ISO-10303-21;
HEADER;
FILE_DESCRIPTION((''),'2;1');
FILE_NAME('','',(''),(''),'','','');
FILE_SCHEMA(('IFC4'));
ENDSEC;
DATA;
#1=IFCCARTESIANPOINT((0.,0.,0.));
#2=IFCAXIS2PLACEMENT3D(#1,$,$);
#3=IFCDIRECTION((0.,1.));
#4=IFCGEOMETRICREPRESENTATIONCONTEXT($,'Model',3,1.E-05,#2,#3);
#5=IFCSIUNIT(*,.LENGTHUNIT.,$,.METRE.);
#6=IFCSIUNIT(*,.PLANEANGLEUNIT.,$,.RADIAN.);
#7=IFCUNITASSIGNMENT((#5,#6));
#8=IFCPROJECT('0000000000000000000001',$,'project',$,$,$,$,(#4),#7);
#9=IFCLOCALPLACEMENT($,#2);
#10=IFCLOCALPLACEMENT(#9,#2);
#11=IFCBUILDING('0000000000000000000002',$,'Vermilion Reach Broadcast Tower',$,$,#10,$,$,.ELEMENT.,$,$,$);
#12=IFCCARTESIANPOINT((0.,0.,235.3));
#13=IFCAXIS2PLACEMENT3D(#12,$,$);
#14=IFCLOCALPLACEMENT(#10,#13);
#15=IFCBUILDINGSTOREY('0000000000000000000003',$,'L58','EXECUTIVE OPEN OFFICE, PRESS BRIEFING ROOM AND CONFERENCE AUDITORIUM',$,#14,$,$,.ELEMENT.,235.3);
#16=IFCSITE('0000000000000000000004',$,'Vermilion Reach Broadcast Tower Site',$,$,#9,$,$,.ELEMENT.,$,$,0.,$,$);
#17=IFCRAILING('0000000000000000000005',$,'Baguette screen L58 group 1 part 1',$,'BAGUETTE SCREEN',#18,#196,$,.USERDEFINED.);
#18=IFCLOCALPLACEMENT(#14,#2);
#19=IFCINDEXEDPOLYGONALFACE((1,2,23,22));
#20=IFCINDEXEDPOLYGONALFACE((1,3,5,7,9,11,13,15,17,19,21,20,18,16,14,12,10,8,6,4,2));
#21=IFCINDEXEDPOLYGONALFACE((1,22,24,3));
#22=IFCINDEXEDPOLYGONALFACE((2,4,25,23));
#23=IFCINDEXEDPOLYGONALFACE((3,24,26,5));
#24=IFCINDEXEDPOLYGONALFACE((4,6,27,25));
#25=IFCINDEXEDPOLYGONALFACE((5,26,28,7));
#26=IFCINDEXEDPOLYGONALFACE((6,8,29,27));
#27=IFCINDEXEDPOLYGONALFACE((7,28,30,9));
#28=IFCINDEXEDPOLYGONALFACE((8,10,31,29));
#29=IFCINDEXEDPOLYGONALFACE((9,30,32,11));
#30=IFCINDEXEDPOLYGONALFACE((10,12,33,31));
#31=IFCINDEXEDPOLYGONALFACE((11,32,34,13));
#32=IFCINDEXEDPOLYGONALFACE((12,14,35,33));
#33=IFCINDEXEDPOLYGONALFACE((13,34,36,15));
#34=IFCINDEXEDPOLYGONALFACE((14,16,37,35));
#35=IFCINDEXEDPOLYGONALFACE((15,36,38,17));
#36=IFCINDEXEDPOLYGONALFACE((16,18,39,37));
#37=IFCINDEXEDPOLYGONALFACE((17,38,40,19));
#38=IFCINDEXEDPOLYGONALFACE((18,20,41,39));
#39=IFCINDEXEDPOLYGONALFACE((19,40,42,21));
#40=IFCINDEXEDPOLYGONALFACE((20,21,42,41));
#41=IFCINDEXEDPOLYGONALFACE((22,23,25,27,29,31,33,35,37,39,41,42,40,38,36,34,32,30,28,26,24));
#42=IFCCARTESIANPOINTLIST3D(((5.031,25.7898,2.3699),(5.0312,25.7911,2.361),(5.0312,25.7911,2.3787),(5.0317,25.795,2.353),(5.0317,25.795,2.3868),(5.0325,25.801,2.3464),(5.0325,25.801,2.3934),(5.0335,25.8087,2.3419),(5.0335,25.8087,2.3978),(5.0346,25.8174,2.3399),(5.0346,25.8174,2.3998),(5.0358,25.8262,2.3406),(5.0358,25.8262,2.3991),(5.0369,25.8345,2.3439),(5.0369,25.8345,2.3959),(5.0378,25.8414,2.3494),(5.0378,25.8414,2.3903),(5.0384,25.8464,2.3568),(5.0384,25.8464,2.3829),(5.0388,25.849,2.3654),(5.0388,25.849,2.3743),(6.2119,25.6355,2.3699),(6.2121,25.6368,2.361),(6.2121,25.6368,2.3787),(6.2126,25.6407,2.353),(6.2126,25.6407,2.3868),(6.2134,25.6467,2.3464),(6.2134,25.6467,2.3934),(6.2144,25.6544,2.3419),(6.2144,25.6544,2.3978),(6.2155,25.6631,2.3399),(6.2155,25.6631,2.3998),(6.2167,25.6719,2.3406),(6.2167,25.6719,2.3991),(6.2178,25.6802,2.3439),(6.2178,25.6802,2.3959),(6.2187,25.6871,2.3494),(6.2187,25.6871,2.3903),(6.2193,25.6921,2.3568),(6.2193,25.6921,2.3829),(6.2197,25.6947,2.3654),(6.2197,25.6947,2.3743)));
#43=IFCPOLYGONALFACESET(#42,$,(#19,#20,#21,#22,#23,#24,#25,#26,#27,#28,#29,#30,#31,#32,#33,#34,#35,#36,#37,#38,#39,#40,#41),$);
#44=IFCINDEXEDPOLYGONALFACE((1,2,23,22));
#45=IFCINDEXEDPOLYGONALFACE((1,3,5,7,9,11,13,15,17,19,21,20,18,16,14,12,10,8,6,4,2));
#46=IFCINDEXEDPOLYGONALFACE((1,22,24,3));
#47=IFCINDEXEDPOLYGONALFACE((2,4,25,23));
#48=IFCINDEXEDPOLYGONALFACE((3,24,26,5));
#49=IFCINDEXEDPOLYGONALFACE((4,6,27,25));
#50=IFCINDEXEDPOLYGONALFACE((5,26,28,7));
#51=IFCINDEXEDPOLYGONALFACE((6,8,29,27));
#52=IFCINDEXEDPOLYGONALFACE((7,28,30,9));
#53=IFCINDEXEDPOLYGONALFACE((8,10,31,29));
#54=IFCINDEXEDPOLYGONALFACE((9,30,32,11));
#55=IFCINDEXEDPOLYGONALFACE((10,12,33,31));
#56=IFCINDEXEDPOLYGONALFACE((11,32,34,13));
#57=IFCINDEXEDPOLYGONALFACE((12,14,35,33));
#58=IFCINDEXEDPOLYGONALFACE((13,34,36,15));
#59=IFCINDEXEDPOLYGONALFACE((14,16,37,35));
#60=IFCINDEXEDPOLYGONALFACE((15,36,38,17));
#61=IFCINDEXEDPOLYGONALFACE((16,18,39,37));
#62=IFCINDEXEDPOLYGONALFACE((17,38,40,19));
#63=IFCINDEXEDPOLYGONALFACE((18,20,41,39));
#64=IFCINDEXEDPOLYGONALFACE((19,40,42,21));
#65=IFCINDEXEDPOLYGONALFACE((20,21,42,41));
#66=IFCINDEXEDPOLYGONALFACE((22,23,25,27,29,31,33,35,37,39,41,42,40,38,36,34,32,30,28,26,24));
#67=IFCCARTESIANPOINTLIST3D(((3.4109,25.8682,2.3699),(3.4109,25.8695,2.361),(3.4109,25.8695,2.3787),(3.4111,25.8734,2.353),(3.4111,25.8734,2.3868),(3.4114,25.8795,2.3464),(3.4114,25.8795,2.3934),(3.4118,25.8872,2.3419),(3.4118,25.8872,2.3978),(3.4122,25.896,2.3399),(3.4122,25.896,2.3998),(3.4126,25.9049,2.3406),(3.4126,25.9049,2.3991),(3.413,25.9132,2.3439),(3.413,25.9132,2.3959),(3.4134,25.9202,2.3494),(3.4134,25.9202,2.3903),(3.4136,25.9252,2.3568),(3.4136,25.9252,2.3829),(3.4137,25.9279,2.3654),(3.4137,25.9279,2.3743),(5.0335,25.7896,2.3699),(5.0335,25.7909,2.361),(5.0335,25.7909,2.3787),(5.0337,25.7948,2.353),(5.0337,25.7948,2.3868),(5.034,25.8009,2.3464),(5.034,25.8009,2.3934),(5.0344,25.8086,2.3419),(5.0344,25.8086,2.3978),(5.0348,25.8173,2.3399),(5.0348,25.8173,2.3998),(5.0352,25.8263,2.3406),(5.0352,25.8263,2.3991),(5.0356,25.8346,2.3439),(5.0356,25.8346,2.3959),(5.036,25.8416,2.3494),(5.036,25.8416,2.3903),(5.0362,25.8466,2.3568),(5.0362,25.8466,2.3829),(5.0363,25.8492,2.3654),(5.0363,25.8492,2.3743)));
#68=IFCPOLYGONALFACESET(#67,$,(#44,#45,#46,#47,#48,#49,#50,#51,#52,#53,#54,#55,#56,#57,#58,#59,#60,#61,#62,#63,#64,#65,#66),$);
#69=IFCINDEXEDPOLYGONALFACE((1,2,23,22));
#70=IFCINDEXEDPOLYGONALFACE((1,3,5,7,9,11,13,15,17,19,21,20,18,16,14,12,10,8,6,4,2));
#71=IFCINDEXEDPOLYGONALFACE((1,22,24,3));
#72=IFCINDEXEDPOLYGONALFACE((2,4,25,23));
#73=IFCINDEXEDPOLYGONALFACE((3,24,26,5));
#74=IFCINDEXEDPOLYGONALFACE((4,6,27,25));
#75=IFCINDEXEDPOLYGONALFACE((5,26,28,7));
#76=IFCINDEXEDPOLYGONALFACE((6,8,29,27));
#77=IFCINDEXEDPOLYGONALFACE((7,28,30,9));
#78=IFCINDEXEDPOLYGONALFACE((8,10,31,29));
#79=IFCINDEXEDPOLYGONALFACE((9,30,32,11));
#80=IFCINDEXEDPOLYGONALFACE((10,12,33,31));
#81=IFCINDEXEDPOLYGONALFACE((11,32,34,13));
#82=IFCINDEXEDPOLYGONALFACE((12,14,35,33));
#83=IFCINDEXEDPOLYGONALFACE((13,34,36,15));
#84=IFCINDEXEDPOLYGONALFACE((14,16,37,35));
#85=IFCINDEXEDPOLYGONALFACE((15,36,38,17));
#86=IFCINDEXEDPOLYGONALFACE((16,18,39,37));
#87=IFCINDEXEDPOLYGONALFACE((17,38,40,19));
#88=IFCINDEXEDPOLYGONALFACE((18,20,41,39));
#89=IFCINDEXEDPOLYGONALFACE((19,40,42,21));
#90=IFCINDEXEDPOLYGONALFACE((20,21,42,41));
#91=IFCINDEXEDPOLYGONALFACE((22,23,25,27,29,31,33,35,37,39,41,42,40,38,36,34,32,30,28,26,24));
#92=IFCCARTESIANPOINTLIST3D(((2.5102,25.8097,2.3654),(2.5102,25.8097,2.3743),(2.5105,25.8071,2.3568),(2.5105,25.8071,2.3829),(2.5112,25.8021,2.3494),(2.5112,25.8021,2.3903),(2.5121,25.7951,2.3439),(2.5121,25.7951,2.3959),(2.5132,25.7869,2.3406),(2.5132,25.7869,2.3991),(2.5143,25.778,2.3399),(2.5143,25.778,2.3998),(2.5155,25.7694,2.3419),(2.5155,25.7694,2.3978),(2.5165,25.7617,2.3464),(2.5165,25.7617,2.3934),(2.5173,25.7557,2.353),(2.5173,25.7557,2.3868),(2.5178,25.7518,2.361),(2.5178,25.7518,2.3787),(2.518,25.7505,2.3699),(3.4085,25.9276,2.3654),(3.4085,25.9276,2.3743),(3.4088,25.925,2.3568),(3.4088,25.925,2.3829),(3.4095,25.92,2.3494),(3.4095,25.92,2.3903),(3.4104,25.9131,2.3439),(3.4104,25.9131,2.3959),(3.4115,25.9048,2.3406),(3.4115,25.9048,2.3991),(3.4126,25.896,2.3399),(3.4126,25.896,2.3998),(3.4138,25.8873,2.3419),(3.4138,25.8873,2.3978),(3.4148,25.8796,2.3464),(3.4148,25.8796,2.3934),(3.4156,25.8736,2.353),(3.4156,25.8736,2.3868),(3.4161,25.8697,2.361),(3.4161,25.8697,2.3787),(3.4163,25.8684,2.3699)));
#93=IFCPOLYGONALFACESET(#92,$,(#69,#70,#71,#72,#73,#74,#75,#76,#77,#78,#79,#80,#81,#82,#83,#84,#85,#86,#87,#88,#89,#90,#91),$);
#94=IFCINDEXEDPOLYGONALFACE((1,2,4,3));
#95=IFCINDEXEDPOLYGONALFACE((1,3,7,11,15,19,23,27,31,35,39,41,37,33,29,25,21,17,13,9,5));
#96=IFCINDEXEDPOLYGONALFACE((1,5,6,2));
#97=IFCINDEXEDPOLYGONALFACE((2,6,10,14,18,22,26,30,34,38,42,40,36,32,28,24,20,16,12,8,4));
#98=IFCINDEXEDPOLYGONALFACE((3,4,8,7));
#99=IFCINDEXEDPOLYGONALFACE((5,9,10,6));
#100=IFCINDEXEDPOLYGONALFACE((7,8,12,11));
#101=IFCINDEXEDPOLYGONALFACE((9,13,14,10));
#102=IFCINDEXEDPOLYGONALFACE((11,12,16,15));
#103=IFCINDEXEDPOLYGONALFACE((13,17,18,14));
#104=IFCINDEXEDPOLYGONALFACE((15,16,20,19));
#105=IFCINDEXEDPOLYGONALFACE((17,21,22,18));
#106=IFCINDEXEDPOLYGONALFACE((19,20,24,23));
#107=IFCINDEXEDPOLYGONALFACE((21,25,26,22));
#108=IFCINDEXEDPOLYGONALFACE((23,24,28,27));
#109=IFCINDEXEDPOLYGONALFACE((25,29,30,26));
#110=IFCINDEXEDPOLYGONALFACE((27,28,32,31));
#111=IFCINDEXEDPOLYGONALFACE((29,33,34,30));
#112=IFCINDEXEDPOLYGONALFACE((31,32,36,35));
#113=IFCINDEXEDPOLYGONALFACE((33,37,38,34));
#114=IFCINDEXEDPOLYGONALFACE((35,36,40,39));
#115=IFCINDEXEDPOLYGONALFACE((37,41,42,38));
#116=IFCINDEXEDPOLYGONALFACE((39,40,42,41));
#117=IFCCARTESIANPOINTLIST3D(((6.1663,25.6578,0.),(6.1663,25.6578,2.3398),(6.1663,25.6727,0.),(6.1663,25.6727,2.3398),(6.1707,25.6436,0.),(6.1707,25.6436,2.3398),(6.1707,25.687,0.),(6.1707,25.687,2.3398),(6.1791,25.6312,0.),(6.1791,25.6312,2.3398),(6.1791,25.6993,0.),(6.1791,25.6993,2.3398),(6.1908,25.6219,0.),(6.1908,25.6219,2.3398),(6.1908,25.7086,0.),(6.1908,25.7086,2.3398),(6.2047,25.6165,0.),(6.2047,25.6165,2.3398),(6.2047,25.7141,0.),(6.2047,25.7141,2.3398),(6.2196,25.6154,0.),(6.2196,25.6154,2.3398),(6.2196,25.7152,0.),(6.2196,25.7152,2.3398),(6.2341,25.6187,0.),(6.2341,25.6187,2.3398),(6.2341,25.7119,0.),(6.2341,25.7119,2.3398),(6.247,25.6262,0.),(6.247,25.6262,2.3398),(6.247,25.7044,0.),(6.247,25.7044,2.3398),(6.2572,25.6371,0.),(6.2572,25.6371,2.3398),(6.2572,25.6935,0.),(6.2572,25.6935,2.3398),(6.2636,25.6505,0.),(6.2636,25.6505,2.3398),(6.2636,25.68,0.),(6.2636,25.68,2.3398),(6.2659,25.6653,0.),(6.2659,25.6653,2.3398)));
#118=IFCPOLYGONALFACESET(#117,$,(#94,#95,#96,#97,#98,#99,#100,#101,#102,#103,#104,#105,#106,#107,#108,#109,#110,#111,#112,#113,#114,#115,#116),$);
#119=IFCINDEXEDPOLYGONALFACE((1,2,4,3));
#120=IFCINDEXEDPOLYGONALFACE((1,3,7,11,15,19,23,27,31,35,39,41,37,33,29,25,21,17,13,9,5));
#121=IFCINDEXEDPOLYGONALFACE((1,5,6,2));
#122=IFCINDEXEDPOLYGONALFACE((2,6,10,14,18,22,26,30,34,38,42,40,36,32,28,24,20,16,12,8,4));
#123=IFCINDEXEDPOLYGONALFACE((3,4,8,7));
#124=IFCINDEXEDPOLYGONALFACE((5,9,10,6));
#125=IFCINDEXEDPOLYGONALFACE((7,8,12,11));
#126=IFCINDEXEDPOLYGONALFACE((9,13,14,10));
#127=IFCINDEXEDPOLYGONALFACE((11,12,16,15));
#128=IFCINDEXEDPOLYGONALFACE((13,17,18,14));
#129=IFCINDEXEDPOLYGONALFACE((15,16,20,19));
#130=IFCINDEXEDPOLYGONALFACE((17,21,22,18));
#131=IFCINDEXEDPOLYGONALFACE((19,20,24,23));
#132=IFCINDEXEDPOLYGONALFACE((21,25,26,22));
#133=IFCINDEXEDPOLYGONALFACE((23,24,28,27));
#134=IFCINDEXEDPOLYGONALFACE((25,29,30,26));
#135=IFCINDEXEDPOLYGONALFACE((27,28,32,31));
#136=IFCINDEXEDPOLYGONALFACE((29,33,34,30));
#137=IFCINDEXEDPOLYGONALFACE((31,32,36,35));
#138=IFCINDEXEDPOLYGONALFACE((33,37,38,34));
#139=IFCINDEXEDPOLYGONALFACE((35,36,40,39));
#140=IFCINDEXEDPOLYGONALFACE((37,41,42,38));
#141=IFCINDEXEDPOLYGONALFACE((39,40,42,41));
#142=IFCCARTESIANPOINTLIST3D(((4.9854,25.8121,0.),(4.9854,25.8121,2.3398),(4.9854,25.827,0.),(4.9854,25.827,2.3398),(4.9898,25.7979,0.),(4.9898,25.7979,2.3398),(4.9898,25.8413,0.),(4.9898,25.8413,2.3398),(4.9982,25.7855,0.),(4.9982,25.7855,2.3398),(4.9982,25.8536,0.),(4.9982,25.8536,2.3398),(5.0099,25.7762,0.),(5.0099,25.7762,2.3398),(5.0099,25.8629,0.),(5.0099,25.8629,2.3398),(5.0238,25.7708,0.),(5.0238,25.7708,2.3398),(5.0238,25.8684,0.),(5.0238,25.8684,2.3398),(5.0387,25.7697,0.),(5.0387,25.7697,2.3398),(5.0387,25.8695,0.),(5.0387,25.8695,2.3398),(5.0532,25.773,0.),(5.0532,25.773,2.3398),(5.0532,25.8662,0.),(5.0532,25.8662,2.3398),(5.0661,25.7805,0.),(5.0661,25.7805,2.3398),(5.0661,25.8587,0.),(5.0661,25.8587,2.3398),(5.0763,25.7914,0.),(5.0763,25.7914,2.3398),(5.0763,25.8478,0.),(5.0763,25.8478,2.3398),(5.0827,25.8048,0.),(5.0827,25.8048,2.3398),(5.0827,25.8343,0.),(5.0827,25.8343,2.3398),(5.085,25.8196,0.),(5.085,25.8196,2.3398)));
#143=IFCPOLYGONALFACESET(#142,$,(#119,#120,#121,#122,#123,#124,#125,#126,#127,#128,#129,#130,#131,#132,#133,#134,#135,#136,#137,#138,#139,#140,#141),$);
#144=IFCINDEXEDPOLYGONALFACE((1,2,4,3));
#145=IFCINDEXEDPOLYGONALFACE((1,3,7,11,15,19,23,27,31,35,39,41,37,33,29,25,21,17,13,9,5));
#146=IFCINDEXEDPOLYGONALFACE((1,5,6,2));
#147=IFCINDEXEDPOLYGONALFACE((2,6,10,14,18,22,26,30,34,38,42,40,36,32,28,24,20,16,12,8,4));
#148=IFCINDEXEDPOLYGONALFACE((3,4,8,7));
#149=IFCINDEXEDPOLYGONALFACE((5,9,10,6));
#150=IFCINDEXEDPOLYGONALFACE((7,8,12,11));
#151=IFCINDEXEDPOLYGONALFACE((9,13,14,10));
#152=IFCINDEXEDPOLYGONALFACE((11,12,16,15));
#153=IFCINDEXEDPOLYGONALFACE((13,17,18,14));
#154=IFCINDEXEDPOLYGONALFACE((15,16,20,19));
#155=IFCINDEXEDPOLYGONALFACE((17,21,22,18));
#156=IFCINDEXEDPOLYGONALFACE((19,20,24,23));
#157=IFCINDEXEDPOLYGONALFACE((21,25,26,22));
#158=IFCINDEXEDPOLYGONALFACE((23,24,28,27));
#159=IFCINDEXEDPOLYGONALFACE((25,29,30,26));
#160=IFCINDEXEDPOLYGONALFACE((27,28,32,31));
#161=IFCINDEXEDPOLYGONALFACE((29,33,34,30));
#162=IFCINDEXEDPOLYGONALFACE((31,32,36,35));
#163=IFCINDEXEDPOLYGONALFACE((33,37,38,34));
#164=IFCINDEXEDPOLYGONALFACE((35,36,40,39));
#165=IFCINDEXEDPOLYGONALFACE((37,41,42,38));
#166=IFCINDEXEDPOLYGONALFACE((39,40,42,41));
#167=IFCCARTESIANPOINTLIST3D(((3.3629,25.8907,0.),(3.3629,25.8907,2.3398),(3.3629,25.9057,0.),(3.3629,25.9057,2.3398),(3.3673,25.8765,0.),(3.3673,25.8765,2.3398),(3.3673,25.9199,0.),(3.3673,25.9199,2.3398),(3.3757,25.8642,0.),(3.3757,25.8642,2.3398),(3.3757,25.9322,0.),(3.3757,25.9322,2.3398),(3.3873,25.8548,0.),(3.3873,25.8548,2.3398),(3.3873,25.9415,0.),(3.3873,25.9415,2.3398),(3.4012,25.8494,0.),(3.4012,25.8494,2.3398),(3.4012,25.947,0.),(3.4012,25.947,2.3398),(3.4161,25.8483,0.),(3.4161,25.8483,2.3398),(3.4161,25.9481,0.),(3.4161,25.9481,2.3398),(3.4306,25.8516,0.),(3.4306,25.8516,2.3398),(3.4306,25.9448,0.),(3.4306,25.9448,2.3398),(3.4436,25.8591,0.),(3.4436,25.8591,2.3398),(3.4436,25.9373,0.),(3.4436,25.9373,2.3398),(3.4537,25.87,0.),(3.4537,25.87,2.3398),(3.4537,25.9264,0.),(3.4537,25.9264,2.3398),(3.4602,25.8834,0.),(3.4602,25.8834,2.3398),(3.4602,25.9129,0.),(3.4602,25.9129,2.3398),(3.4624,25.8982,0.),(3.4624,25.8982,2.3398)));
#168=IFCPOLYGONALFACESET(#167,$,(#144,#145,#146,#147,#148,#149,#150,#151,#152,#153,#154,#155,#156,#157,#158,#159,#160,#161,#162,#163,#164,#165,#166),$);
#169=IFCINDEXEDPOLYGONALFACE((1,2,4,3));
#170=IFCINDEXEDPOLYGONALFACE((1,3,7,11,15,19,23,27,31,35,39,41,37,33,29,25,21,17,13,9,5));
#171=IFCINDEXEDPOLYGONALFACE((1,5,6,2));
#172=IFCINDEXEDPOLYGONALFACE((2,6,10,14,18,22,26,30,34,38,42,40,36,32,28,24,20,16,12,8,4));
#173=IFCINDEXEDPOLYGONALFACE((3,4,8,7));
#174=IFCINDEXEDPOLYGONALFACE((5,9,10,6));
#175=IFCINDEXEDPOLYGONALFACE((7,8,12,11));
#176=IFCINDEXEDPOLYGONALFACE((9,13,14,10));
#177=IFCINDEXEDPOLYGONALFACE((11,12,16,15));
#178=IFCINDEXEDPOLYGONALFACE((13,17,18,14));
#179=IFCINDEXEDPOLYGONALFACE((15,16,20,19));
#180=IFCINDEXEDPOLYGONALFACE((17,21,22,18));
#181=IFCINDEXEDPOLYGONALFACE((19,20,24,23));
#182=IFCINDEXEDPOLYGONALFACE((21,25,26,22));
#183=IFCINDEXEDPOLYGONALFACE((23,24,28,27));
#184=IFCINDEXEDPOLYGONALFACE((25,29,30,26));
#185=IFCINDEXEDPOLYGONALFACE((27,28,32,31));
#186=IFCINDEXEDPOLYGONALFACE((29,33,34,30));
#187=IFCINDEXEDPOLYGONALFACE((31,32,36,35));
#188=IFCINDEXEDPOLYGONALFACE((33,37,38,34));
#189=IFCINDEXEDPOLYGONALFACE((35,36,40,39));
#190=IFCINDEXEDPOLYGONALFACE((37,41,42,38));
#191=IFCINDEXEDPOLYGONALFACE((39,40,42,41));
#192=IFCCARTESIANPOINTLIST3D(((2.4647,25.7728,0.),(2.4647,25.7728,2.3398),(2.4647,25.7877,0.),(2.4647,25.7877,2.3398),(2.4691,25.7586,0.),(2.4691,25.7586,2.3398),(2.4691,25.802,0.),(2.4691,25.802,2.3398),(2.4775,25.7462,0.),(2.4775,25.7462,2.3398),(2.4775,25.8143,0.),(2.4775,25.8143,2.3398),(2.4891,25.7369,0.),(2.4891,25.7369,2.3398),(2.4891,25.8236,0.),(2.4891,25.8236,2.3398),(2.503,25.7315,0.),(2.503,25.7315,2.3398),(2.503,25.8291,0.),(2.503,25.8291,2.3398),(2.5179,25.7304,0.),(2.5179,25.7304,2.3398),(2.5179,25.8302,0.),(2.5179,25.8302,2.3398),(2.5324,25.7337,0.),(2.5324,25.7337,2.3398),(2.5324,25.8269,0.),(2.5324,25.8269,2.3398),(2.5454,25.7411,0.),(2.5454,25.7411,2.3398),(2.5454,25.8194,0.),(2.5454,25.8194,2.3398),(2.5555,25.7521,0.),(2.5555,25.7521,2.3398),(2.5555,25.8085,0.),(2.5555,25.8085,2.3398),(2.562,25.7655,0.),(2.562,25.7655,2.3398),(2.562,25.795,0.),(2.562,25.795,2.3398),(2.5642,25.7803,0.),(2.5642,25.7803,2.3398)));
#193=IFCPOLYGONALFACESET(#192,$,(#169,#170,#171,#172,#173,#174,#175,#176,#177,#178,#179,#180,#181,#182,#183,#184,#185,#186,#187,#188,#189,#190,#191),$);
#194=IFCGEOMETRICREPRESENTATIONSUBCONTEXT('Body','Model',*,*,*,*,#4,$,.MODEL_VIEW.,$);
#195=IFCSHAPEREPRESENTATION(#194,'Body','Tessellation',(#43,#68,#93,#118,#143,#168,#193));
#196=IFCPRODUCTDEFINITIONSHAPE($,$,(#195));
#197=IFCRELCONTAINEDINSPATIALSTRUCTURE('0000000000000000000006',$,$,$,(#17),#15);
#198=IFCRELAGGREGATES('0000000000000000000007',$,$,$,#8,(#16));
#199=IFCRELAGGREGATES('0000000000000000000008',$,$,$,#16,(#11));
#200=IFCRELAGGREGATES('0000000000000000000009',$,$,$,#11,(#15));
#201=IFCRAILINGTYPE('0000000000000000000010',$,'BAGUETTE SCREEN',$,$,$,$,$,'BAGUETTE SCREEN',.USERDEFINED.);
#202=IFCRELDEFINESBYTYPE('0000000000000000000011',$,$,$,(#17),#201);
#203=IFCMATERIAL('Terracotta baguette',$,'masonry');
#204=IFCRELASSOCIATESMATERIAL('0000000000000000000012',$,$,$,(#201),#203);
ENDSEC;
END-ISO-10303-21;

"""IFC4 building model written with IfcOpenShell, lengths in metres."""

from ifc_helpers import new_model, si_unit, direction, frame, origin, origin_2d, place, context, subcontext, project, spatial, circle, extrude, material, type_object, element, save


model = new_model("IFC4")

# Units and contexts
model_context = context("Model", 3, precision=1e-05, world=origin(), true_north=direction((0.0, 1.0)))
body_context = subcontext(model_context, "Body", "Model", "MODEL_VIEW")
ifc_project = project(units=[si_unit("LENGTHUNIT", "METRE"), si_unit("PLANEANGLEUNIT", "RADIAN")], contexts=[model_context])

# Site, building, storey
site_placement = place(None, origin())
site = spatial("IfcSite", under=ifc_project, at=site_placement, Name="Vermilion Reach Broadcast Tower Site", CompositionType="ELEMENT", RefElevation=0.0)
building_placement = place(site_placement, origin())
building = spatial("IfcBuilding", under=site, at=building_placement, Name="Vermilion Reach Broadcast Tower", CompositionType="ELEMENT")
storey_placement = place(building_placement, frame((0.0, 0.0, 235.3)))
storey = spatial("IfcBuildingStorey", under=building, at=storey_placement, Name="L58", Description="EXECUTIVE OPEN OFFICE, PRESS BRIEFING ROOM AND CONFERENCE AUDITORIUM", CompositionType="ELEMENT", Elevation=235.3)

# Railing
ifc_material_1 = material(Name="Terracotta baguette", Category="masonry")
railing_type_1 = type_object("IfcRailingType", Name="BAGUETTE SCREEN", ElementType="BAGUETTE SCREEN", PredefinedType="USERDEFINED", material=ifc_material_1)
railing_1_placement = place(storey_placement, frame((6.2158, 25.6653, 0.0)))
element("IfcRailing", 1, at=railing_1_placement, inside=storey, type_object=railing_type_1, Name="Baguette screen L58 group 1 part 1", ObjectType="BAGUETTE SCREEN", PredefinedType="USERDEFINED", context=body_context, shape_type="SweptSolid", body=[
    extrude(circle(Radius=0.03, at=origin_2d()), frame((0.0, 0.0, 2.3699), z_axis=(-0.991572, 0.129558, 0.0), x_axis=(-0.129558, -0.991572, 0.0)), (0.0, 0.0, 1.0), 1.1909),
    extrude(circle(Radius=0.03, at=origin_2d()), frame((-1.1809, 0.1543, 2.3699), z_axis=(-0.998828, 0.048393, 0.0), x_axis=(-0.048393, -0.998828, 0.0)), (0.0, 0.0, 1.0), 1.6245),
    extrude(circle(Radius=0.03, at=origin_2d()), frame((-2.8035, 0.2329, 2.3699), z_axis=(-0.991492, -0.130169, 0.0), x_axis=(0.130169, -0.991492, 0.0)), (0.0, 0.0, 1.0), 0.906),
    extrude(circle(Radius=0.05, at=origin_2d()), origin(), (0.0, 0.0, 1.0), 2.3398),
    extrude(circle(Radius=0.05, at=origin_2d()), frame((-1.1809, 0.1543, 0.0)), (0.0, 0.0, 1.0), 2.3398),
    extrude(circle(Radius=0.05, at=origin_2d()), frame((-2.8035, 0.2329, 0.0)), (0.0, 0.0, 1.0), 2.3398),
    extrude(circle(Radius=0.05, at=origin_2d()), frame((-3.7017, 0.115, 0.0)), (0.0, 0.0, 1.0), 2.3398),
])

save(model, "model.ifc")
